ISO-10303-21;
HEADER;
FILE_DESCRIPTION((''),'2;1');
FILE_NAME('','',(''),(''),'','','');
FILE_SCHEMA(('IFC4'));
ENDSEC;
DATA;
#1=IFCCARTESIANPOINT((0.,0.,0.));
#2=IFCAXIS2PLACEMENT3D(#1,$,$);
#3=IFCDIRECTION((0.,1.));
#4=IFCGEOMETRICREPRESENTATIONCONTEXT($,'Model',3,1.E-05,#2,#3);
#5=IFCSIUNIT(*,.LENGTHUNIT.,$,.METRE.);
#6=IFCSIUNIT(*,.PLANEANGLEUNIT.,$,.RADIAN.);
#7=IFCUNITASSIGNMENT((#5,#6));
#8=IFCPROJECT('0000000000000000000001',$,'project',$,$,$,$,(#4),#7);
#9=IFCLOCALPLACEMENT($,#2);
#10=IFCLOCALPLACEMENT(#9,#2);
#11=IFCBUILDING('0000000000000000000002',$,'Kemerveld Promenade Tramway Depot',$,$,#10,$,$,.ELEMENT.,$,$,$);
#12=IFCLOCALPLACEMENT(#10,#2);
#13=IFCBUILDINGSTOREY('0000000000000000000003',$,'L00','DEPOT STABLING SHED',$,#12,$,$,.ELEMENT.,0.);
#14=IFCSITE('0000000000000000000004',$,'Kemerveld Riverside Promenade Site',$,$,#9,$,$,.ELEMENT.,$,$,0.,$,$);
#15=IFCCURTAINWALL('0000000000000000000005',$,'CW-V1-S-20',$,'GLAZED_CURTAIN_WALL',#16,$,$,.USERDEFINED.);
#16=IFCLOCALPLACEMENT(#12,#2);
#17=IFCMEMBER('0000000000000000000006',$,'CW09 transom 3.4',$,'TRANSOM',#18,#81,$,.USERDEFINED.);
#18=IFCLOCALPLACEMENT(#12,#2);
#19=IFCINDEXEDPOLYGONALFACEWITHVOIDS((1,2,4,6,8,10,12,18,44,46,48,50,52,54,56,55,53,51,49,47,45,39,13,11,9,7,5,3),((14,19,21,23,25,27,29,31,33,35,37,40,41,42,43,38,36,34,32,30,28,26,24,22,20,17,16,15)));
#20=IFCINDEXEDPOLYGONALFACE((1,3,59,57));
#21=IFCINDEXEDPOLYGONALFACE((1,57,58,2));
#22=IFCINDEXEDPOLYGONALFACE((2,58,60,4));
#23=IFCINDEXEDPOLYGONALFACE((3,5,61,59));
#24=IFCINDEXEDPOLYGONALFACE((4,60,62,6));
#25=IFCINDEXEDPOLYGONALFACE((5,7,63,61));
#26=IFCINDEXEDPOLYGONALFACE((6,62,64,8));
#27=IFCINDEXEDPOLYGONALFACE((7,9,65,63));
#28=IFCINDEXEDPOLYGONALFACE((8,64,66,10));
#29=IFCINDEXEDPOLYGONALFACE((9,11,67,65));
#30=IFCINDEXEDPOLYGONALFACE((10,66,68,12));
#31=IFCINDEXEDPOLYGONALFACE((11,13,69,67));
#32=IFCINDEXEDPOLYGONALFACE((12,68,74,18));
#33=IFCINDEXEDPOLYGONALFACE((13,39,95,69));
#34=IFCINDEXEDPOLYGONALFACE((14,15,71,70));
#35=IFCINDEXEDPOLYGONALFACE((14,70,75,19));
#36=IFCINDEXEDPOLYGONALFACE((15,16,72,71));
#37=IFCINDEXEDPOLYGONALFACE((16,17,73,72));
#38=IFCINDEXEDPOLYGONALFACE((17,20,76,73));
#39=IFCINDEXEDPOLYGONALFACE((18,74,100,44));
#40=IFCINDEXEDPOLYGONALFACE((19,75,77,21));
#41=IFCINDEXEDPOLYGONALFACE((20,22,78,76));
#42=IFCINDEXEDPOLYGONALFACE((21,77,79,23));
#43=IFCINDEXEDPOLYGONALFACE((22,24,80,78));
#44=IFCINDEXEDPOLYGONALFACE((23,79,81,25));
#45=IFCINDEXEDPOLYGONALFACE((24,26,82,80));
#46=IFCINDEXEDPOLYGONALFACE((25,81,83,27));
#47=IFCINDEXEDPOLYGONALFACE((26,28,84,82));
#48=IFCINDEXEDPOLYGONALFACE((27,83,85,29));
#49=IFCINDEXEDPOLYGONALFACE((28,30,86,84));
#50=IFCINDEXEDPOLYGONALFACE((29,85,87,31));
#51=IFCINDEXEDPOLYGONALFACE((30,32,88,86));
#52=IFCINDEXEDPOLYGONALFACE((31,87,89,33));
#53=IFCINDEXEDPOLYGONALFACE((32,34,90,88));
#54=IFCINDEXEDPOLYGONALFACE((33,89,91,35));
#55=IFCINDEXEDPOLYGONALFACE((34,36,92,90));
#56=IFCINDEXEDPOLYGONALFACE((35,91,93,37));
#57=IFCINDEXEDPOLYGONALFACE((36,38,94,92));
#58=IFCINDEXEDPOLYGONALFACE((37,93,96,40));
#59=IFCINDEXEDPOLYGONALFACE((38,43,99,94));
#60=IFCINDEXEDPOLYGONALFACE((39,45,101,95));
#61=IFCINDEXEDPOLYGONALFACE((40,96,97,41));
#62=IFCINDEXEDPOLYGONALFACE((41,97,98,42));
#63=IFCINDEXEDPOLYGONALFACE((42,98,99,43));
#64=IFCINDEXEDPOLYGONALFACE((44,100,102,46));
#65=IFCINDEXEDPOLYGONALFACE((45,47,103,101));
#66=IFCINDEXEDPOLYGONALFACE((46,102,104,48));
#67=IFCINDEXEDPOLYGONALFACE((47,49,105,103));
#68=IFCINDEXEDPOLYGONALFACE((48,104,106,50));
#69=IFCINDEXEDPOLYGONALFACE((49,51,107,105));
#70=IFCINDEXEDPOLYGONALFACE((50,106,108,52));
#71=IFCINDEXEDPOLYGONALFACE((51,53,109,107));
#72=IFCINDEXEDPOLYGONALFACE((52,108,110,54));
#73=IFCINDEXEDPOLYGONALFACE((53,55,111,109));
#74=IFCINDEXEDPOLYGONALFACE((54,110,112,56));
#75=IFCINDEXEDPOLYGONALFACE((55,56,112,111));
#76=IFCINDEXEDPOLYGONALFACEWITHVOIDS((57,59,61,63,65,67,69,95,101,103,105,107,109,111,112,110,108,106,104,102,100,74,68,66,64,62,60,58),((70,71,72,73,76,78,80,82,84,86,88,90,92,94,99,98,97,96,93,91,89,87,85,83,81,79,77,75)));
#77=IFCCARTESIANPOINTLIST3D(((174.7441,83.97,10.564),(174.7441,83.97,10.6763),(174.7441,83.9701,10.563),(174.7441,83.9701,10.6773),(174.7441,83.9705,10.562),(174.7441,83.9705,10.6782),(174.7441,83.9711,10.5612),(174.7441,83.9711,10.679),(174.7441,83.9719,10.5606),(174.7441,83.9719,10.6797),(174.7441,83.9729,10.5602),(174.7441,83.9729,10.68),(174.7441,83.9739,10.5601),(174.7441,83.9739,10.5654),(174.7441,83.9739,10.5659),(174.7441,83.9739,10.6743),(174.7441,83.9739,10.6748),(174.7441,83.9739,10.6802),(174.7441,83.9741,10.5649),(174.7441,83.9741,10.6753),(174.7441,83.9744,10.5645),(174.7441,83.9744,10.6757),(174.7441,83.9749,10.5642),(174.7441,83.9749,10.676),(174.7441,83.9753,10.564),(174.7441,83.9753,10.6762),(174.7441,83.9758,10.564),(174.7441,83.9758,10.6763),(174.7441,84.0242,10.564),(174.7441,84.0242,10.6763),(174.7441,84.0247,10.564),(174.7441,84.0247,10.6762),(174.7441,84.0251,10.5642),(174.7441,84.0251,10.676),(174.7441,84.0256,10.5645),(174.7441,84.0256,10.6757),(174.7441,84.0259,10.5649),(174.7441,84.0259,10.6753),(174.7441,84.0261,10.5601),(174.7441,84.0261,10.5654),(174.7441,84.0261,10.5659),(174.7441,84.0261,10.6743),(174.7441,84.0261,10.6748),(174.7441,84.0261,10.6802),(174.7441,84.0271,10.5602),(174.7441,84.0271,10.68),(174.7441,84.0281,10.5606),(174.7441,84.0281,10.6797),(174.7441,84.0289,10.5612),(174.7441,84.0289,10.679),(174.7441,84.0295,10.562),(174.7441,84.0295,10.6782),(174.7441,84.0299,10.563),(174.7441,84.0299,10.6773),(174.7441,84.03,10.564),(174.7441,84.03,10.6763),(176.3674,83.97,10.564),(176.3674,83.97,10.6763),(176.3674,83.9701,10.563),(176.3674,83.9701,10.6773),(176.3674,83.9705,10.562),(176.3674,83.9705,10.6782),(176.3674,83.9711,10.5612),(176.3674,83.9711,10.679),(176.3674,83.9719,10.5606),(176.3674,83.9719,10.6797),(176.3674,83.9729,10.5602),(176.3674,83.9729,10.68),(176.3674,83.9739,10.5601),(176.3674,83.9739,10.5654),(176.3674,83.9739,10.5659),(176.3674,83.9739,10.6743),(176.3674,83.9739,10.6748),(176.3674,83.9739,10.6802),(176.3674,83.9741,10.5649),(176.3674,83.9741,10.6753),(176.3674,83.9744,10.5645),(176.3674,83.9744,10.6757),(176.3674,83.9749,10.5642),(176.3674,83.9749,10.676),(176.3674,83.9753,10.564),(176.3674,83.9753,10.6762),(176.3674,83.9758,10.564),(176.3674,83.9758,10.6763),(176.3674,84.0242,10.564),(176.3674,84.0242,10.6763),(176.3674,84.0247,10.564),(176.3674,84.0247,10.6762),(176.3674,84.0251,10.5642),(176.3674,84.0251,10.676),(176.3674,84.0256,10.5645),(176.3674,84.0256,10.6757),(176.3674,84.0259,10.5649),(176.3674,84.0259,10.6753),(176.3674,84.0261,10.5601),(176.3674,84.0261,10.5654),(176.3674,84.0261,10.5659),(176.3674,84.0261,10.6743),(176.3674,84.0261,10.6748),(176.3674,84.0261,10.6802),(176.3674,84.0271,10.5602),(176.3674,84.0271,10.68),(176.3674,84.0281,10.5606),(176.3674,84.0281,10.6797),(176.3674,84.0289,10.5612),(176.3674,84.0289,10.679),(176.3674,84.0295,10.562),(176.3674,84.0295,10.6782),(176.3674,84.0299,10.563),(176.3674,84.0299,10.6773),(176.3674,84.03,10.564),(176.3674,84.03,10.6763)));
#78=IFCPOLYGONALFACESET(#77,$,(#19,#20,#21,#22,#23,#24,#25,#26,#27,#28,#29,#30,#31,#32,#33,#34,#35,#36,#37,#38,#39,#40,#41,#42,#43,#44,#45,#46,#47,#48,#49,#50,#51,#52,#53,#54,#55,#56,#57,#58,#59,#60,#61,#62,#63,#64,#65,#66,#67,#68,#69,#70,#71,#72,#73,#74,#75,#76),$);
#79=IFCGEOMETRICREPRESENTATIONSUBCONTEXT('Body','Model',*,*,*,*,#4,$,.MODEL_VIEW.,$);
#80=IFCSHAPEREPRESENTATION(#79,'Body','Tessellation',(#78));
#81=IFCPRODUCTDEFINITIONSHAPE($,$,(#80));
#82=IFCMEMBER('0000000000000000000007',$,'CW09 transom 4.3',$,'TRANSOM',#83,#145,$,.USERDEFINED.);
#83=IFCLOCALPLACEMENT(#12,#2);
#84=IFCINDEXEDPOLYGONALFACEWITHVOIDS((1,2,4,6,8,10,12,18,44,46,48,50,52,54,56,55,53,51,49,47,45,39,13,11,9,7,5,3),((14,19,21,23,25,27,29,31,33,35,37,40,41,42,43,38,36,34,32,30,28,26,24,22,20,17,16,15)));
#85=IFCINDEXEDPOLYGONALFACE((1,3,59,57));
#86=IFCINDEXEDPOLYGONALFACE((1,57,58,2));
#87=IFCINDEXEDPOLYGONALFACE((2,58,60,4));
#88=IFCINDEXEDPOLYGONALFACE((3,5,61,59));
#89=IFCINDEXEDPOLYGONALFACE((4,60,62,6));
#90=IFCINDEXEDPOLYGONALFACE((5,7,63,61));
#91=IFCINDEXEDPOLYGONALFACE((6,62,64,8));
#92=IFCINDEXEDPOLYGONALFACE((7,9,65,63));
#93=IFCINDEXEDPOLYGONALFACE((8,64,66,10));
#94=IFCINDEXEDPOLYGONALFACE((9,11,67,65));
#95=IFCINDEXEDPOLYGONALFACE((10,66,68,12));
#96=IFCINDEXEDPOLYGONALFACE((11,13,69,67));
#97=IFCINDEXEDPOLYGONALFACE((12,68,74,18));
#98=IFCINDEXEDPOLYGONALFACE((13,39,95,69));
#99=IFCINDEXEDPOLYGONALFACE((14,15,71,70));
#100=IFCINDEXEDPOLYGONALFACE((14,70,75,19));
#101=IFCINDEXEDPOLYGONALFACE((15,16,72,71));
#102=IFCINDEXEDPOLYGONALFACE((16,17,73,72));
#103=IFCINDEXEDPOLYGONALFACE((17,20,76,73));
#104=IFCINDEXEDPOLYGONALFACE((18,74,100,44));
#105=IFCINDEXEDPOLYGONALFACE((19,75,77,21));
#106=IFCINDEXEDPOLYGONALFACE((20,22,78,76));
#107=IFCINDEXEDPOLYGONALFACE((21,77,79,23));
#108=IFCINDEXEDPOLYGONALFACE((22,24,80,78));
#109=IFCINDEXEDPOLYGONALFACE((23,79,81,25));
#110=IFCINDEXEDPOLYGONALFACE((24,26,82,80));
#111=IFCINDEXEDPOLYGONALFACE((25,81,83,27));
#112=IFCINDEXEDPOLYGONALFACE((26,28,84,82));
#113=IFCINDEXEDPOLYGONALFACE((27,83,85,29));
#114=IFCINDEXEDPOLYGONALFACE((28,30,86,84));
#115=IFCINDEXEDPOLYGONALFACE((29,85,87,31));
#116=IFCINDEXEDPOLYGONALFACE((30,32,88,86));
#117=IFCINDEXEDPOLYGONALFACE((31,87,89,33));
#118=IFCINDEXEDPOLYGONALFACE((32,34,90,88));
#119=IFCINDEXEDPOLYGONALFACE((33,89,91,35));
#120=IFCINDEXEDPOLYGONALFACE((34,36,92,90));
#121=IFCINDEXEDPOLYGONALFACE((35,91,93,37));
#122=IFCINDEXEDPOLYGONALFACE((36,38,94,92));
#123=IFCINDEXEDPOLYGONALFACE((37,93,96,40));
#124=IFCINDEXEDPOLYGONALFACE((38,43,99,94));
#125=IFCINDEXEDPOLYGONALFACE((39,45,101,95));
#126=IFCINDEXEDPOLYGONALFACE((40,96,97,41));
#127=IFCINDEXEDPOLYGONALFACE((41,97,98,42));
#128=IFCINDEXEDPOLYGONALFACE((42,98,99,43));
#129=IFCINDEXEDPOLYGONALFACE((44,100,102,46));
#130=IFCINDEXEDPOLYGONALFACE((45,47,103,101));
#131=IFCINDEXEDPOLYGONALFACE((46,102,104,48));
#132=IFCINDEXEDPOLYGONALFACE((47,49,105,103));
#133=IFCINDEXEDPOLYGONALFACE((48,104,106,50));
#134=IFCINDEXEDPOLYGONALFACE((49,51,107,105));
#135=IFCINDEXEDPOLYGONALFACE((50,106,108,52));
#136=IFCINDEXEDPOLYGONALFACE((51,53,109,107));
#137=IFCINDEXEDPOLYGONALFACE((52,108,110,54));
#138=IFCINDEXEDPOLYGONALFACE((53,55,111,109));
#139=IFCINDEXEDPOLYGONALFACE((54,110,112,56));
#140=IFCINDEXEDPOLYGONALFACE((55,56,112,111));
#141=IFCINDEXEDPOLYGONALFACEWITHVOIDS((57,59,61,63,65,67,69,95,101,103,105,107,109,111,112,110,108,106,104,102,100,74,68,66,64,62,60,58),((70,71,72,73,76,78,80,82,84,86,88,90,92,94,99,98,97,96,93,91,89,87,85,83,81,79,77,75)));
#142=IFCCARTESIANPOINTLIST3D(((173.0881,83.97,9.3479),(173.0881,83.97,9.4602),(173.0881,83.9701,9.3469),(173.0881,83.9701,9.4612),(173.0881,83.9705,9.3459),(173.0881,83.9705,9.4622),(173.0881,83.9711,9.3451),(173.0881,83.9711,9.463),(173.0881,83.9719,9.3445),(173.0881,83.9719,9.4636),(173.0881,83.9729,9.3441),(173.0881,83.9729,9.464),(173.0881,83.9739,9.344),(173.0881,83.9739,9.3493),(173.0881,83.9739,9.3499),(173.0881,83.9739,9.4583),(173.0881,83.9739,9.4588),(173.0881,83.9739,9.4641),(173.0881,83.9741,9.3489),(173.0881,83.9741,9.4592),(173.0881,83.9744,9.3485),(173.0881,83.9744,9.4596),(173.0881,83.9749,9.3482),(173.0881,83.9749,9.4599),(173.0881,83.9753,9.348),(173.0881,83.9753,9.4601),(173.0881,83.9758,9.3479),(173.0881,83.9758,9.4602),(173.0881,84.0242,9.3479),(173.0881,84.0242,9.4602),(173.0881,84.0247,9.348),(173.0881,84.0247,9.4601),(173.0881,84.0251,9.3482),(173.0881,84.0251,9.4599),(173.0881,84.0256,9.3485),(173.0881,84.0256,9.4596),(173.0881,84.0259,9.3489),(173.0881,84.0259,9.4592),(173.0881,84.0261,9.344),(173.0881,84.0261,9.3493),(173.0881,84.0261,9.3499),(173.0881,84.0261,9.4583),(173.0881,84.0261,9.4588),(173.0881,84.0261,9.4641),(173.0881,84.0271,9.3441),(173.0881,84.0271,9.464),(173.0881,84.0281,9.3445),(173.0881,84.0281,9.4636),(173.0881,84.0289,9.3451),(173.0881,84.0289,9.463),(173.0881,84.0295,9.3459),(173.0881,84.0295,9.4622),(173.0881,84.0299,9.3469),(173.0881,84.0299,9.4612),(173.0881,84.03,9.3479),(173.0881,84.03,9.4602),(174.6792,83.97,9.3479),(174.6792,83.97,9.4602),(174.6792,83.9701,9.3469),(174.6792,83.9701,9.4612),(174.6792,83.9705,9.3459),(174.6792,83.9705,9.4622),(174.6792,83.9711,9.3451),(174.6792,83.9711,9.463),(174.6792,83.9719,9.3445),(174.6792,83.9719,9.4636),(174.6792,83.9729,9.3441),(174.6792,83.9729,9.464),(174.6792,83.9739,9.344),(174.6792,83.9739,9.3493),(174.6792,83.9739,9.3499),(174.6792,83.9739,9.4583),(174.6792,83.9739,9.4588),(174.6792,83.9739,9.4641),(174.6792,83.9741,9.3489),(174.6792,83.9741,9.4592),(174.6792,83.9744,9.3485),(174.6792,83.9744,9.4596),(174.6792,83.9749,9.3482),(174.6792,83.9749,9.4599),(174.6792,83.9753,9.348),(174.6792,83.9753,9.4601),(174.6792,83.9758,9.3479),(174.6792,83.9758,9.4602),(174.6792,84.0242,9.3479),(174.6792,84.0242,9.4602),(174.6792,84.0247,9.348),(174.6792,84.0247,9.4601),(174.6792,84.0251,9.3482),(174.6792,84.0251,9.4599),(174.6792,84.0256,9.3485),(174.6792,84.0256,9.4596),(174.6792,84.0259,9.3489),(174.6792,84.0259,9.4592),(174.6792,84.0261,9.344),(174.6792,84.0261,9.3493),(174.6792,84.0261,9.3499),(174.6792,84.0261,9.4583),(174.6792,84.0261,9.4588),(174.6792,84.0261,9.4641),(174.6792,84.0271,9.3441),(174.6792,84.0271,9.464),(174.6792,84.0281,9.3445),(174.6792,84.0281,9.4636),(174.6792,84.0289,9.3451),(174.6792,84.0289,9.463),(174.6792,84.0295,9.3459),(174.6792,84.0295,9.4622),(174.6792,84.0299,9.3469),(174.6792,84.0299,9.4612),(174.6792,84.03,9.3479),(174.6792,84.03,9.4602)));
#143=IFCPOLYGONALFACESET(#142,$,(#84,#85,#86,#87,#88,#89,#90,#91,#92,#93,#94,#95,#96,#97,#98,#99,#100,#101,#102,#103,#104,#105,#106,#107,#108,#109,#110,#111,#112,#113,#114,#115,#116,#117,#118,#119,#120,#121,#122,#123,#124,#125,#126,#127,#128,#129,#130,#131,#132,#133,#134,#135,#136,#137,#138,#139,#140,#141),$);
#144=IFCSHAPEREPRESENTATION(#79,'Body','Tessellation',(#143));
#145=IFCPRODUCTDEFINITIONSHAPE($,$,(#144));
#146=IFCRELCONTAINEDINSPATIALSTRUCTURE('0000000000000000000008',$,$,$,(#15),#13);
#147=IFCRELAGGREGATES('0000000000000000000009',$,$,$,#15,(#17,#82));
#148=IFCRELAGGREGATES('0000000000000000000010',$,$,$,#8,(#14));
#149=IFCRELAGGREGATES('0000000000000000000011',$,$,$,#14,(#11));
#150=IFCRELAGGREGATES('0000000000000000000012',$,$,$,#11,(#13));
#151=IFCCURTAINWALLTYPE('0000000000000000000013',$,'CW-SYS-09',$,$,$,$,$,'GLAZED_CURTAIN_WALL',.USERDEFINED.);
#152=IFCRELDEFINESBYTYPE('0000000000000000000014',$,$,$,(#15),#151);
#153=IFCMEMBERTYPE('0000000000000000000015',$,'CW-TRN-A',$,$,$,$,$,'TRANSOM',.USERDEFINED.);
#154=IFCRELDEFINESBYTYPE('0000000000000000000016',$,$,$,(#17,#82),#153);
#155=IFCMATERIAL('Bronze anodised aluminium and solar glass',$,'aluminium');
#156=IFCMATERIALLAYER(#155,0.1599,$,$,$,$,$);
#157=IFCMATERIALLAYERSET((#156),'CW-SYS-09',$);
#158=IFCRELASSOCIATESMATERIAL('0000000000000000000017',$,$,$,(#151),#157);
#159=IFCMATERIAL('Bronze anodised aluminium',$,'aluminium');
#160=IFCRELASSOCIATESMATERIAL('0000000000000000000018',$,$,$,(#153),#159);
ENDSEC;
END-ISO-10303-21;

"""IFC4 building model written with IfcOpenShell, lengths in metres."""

from ifc_helpers import new_model, si_unit, direction, frame, origin, origin_2d, place, context, subcontext, project, spatial, hollow_rectangle, extrude, material, layer, layer_set, material_profile, profile_set, type_object, element, aggregate, save


model = new_model("IFC4")

# Units and contexts
model_context = context("Model", 3, precision=1e-05, world=origin(), true_north=direction((0.0, 1.0)))
body_context = subcontext(model_context, "Body", "Model", "MODEL_VIEW")
ifc_project = project(units=[si_unit("LENGTHUNIT", "METRE"), si_unit("PLANEANGLEUNIT", "RADIAN")], contexts=[model_context])

# Site, building, storey
site_placement = place(None, origin())
site = spatial("IfcSite", under=ifc_project, at=site_placement, Name="Kemerveld Riverside Promenade Site", CompositionType="ELEMENT", RefElevation=0.0)
building_placement = place(site_placement, origin())
building = spatial("IfcBuilding", under=site, at=building_placement, Name="Kemerveld Promenade Tramway Depot", CompositionType="ELEMENT")
storey_placement = place(building_placement, origin())
storey = spatial("IfcBuildingStorey", under=building, at=storey_placement, Name="L00", Description="DEPOT STABLING SHED", CompositionType="ELEMENT", Elevation=0.0)

# Curtain wall, members
ifc_material_1 = material(Name="Bronze anodised aluminium and solar glass", Category="aluminium")
ifc_layer_1 = layer(ifc_material_1, 0.1599)
ifc_layer_set_1 = layer_set([ifc_layer_1], Name="CW-SYS-09")
curtain_wall_type_1 = type_object("IfcCurtainWallType", Name="CW-SYS-09", ElementType="GLAZED_CURTAIN_WALL", PredefinedType="USERDEFINED", material=ifc_layer_set_1)
curtain_wall_1_placement = place(storey_placement, origin())
curtain_wall_1 = element("IfcCurtainWall", 1, at=curtain_wall_1_placement, inside=storey, type_object=curtain_wall_type_1, Name="CW-V1-S-20", ObjectType="GLAZED_CURTAIN_WALL", PredefinedType="USERDEFINED")
ifc_material_2 = material(Name="Bronze anodised aluminium", Category="aluminium")
ifc_material_profile_1 = material_profile(ifc_material_2, hollow_rectangle(XDim=0.0601, YDim=0.1201, WallThickness=0.0039, InnerFilletRadius=0.002, OuterFilletRadius=0.0039, at=origin_2d()), Name="CW-TRN-120x60")
ifc_profile_set_1 = profile_set([ifc_material_profile_1], Name="Bronze anodised aluminium")
member_type_1 = type_object("IfcMemberType", Name="CW-TRN-A", ElementType="TRANSOM", PredefinedType="USERDEFINED", material=ifc_profile_set_1)
member_1_placement = place(storey_placement, frame((176.3674, 84.0, 10.6201), z_axis=(-1.0, 0.0, 0.0), x_axis=(0.0, -1.0, 0.0)))
member_1 = element("IfcMember", 2, at=member_1_placement, type_object=member_type_1, Name="CW09 transom 3.4", ObjectType="TRANSOM", PredefinedType="USERDEFINED", context=body_context, shape_type="SweptSolid", body=[
    extrude(hollow_rectangle(XDim=0.0601, YDim=0.1201, WallThickness=0.0039, InnerFilletRadius=0.002, OuterFilletRadius=0.0039, at=origin_2d()), origin(), (0.0, 0.0, 1.0), 1.6233),
])
member_2_placement = place(storey_placement, frame((174.6792, 84.0, 9.4041), z_axis=(-1.0, 0.0, 0.0), x_axis=(0.0, -1.0, 0.0)))
member_2 = element("IfcMember", 3, at=member_2_placement, type_object=member_type_1, Name="CW09 transom 4.3", ObjectType="TRANSOM", PredefinedType="USERDEFINED", context=body_context, shape_type="SweptSolid", body=[
    extrude(hollow_rectangle(XDim=0.0601, YDim=0.1201, WallThickness=0.0039, InnerFilletRadius=0.002, OuterFilletRadius=0.0039, at=origin_2d()), origin(), (0.0, 0.0, 1.0), 1.5911),
])

aggregate(curtain_wall_1, [member_1, member_2])

save(model, "model.ifc")
